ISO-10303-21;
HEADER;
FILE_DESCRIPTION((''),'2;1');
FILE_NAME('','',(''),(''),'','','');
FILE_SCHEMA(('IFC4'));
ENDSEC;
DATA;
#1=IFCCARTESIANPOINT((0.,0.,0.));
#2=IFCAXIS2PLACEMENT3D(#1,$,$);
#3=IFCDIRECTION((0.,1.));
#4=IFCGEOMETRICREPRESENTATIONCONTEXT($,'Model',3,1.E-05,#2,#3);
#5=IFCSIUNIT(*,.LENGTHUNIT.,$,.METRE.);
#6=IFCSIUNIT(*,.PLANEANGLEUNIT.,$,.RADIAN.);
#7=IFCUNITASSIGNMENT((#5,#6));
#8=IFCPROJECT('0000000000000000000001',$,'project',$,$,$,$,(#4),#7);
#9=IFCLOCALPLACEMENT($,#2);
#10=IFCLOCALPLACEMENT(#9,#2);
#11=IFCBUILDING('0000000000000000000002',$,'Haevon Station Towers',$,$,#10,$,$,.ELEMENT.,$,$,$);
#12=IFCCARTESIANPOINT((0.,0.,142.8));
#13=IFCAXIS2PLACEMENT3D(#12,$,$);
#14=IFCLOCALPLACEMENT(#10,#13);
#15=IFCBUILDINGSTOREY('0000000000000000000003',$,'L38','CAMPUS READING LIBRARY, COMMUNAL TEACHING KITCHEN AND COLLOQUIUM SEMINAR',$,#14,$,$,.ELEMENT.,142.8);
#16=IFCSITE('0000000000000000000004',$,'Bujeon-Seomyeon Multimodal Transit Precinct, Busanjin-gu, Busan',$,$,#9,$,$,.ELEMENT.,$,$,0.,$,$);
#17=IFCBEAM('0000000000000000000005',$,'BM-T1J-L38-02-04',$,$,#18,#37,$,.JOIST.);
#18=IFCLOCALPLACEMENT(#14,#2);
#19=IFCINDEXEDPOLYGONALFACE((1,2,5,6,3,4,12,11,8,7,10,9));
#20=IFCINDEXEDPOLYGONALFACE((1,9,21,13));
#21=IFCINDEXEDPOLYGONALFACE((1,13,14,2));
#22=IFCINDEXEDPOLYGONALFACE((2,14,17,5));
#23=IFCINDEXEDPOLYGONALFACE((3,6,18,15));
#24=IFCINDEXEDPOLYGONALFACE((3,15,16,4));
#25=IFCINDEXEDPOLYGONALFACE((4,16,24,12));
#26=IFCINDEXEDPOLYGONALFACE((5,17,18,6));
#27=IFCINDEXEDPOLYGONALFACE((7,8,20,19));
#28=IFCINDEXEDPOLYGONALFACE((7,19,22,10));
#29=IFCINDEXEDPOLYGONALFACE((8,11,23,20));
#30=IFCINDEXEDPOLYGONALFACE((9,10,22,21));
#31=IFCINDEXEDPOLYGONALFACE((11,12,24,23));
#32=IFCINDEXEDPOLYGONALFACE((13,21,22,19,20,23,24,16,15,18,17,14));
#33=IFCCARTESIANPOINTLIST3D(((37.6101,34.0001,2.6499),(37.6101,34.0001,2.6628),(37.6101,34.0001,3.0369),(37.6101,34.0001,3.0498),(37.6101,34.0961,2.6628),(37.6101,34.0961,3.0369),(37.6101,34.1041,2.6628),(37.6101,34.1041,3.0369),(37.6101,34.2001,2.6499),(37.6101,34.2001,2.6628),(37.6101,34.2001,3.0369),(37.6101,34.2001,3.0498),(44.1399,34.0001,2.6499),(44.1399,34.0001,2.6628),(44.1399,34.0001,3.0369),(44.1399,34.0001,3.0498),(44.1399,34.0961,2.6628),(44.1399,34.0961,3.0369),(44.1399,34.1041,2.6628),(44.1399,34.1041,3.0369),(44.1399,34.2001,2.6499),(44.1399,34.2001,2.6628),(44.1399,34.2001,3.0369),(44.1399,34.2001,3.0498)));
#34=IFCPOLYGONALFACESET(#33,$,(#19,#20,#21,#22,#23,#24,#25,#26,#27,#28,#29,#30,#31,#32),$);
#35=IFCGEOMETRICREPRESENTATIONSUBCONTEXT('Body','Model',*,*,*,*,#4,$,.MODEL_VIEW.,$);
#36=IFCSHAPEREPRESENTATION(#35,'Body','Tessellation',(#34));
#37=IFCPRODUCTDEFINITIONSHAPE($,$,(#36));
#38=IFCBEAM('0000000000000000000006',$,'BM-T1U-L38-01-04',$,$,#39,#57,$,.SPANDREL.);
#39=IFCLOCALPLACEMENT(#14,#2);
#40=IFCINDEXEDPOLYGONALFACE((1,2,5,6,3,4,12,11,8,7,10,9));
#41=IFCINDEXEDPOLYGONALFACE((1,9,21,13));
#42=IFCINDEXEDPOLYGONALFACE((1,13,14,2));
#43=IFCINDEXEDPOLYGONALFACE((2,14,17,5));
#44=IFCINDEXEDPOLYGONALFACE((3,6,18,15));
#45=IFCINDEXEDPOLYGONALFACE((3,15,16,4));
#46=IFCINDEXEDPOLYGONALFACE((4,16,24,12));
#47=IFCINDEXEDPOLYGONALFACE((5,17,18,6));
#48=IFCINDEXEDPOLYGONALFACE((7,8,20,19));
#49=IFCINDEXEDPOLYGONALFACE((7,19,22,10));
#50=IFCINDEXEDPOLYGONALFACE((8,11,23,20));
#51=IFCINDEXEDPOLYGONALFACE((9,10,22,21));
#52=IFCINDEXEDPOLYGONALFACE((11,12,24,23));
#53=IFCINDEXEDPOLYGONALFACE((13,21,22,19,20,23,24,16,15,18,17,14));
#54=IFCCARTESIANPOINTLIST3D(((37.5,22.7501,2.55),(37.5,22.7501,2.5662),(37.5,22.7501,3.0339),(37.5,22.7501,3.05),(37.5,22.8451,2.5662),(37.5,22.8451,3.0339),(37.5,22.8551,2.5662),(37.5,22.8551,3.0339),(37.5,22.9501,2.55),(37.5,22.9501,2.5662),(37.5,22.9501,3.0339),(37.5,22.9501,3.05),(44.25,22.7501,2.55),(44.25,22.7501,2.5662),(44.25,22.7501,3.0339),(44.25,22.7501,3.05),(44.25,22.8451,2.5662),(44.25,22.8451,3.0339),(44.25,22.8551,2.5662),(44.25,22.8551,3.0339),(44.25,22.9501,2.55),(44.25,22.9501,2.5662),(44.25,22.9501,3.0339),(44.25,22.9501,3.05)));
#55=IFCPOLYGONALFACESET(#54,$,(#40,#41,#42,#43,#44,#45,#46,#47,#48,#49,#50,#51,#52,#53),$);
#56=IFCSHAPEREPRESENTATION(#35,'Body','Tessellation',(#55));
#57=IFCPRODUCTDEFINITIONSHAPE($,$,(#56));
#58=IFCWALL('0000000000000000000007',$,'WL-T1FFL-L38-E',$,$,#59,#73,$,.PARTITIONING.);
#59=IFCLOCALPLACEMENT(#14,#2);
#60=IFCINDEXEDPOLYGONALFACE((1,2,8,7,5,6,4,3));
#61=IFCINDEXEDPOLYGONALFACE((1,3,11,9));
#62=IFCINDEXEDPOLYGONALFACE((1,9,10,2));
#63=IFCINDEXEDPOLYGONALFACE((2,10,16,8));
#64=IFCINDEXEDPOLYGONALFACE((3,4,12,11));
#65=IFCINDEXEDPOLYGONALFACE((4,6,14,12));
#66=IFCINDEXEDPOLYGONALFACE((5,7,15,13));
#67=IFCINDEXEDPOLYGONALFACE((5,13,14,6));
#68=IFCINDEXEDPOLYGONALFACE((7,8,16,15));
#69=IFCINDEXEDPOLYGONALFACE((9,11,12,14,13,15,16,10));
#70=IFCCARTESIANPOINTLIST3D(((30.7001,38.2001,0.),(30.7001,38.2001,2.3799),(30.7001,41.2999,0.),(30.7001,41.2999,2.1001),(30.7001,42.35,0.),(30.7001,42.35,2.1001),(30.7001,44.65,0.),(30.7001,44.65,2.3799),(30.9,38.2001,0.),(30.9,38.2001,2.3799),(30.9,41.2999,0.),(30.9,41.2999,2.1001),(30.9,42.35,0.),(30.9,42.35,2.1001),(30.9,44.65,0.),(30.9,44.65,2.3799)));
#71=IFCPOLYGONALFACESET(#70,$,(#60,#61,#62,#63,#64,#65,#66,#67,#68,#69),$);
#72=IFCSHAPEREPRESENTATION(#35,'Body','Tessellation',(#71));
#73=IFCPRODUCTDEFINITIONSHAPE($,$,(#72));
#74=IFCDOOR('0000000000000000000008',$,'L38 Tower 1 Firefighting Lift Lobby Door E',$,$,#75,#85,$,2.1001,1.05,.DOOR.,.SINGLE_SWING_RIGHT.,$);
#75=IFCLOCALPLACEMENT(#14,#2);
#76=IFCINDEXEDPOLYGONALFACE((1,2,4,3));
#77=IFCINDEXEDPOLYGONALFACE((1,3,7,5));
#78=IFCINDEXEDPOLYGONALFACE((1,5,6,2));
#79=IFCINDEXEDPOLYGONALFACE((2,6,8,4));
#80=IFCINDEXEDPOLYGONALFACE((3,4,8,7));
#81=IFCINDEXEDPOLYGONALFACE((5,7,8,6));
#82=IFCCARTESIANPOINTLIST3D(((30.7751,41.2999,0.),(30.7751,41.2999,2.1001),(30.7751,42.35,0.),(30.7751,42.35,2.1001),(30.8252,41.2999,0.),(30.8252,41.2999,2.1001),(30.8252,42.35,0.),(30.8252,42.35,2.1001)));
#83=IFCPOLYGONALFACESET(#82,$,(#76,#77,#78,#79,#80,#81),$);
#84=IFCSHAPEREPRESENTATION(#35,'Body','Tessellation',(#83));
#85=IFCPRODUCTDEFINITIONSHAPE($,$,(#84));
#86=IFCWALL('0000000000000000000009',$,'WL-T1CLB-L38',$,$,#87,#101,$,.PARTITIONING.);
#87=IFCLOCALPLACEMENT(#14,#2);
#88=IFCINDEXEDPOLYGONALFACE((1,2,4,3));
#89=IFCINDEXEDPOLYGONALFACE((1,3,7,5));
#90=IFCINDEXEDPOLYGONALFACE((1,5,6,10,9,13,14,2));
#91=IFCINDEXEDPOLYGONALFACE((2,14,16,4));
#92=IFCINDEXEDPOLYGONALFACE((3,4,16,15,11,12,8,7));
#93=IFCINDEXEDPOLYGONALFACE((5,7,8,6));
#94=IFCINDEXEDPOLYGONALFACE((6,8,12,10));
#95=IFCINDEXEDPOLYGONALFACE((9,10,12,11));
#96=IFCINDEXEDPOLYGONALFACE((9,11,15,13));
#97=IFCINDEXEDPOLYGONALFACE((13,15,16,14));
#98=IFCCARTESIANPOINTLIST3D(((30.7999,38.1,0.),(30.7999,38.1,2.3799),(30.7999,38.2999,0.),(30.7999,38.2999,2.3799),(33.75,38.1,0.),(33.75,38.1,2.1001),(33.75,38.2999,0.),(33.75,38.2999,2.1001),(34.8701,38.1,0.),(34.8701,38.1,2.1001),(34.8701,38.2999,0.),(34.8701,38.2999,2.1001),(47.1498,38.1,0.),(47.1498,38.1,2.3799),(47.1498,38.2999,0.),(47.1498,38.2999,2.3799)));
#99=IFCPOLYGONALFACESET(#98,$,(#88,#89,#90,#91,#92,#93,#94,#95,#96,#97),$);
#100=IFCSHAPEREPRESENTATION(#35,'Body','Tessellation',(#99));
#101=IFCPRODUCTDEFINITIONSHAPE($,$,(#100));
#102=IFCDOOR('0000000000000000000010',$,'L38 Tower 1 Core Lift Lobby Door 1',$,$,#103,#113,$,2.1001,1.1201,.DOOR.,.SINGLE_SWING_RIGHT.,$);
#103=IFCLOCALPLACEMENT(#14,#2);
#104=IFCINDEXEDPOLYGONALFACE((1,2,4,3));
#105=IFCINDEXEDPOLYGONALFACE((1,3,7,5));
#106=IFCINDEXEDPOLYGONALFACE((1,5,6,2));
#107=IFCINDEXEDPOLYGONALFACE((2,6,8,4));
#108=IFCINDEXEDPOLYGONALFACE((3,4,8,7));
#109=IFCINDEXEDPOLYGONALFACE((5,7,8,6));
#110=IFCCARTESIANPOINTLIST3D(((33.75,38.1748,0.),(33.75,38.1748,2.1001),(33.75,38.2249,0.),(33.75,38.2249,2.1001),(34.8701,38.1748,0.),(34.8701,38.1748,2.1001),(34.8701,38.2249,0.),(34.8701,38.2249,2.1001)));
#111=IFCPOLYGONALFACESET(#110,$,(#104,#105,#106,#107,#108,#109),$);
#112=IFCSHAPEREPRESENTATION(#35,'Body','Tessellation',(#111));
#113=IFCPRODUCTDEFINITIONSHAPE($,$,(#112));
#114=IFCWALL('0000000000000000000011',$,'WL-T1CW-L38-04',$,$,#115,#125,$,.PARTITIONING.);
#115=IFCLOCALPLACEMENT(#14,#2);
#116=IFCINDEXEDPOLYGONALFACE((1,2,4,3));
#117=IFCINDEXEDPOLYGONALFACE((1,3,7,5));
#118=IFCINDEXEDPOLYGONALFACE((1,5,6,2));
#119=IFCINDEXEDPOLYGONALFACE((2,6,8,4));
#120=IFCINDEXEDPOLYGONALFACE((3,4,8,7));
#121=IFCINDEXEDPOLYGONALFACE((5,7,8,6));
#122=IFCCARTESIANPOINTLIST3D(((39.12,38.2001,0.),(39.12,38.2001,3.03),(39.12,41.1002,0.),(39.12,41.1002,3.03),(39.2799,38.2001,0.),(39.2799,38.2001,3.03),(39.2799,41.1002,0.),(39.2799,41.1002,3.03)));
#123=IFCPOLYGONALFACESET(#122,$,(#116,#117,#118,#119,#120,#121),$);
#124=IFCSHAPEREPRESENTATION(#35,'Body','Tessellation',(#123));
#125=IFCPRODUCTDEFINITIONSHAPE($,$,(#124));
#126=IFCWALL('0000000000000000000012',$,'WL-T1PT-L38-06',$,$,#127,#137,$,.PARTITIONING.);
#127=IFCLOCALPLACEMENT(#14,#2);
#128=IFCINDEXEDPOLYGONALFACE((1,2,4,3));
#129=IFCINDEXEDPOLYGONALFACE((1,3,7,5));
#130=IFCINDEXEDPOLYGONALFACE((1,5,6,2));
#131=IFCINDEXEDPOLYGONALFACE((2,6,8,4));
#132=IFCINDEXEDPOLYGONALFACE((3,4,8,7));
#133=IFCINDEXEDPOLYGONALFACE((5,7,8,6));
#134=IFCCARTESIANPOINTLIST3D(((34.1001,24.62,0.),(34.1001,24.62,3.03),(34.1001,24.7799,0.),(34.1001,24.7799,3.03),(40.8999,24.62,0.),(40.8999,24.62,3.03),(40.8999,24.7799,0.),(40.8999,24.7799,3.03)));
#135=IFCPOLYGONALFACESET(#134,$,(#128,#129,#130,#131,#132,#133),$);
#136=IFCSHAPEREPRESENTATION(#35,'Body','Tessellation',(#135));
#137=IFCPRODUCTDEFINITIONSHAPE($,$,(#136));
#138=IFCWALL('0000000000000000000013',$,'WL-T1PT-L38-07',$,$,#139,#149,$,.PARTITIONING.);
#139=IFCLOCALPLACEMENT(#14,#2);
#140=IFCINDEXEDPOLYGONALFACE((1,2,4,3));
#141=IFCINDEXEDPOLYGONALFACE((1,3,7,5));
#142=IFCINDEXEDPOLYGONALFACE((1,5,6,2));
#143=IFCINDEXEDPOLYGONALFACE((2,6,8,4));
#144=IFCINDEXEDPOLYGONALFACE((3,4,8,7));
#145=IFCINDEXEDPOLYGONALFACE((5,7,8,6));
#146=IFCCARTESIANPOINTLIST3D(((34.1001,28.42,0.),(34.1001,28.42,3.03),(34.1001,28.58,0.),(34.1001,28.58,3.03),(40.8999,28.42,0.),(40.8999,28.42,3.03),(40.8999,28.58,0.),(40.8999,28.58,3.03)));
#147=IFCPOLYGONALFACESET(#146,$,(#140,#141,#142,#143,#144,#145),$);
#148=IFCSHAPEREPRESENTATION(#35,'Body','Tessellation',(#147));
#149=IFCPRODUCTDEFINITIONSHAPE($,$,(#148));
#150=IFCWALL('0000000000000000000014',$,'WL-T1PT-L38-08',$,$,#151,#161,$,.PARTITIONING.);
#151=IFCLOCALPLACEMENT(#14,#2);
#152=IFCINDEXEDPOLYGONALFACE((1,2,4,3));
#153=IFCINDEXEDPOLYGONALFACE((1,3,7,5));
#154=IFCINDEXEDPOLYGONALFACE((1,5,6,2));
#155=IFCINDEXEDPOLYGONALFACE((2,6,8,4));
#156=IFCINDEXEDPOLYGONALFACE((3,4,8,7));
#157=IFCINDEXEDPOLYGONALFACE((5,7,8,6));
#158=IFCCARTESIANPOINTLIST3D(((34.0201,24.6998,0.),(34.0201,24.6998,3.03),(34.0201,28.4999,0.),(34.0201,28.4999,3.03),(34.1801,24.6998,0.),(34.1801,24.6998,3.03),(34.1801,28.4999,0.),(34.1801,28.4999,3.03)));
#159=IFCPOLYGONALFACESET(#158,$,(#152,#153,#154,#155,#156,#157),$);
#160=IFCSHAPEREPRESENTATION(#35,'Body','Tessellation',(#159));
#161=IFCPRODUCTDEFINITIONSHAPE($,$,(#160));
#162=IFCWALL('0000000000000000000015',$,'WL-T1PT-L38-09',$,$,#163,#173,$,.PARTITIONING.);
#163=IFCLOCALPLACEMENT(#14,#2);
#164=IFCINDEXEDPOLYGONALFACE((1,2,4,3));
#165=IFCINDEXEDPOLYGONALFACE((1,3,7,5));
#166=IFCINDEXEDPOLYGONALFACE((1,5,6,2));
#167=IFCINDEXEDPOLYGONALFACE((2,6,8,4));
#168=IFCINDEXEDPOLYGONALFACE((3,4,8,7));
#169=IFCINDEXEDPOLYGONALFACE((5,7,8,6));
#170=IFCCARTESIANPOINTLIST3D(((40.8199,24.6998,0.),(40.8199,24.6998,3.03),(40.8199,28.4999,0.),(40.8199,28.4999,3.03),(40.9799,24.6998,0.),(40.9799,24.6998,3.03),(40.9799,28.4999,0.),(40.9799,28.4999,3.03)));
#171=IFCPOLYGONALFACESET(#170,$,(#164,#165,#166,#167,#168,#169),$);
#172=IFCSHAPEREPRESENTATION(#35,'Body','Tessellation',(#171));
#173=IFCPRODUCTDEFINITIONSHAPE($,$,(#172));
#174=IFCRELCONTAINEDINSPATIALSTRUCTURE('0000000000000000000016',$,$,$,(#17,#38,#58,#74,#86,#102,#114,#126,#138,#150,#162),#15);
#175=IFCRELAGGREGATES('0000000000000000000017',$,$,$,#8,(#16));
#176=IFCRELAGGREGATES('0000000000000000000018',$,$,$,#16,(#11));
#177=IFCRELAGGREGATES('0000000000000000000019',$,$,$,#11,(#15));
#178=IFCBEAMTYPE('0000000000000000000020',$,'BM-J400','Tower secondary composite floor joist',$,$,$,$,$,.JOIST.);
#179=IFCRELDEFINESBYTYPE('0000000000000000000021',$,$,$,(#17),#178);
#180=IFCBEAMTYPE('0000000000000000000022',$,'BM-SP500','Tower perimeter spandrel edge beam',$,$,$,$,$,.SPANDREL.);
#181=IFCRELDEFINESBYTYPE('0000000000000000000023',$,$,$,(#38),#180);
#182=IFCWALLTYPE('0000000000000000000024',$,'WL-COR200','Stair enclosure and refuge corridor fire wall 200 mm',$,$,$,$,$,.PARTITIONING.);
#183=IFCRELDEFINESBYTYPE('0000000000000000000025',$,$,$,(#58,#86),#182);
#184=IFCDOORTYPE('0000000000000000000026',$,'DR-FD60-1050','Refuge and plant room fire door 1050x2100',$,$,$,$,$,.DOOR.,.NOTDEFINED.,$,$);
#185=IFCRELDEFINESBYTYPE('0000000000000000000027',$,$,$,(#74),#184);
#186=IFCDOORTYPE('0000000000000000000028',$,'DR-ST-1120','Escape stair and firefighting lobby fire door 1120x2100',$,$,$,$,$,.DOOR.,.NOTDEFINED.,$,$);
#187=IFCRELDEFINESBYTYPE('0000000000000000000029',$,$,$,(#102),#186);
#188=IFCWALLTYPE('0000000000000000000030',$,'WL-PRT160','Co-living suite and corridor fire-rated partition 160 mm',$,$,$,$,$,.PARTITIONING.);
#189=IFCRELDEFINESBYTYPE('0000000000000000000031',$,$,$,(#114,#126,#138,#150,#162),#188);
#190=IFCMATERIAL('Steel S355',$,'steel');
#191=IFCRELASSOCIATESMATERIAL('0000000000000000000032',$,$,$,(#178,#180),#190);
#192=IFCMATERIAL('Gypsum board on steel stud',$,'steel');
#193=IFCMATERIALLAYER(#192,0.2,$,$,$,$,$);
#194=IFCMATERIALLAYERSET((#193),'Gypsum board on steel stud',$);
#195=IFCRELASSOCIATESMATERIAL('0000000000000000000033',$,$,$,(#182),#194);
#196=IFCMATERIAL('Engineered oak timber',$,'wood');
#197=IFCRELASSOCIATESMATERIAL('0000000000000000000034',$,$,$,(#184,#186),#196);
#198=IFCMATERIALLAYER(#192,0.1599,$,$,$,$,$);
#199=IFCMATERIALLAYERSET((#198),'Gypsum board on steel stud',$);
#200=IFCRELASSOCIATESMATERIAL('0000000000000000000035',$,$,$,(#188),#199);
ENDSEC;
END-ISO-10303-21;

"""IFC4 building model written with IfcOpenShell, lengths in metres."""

from ifc_helpers import new_model, si_unit, direction, frame, frame_2d, origin, origin_2d, place, context, subcontext, project, spatial, rectangle, i_section, extrude, material, layer, layer_set, material_profile, profile_set, type_object, element, fill, save


model = new_model("IFC4")

# Units and contexts
model_context = context("Model", 3, precision=1e-05, world=origin(), true_north=direction((0.0, 1.0)))
body_context = subcontext(model_context, "Body", "Model", "MODEL_VIEW")
ifc_project = project(units=[si_unit("LENGTHUNIT", "METRE"), si_unit("PLANEANGLEUNIT", "RADIAN")], contexts=[model_context])

# Site, building, storey
site_placement = place(None, origin())
site = spatial("IfcSite", under=ifc_project, at=site_placement, Name="Bujeon-Seomyeon Multimodal Transit Precinct, Busanjin-gu, Busan", CompositionType="ELEMENT", RefElevation=0.0)
building_placement = place(site_placement, origin())
building = spatial("IfcBuilding", under=site, at=building_placement, Name="Haevon Station Towers", CompositionType="ELEMENT")
storey_placement = place(building_placement, frame((0.0, 0.0, 142.8)))
storey = spatial("IfcBuildingStorey", under=building, at=storey_placement, Name="L38", Description="CAMPUS READING LIBRARY, COMMUNAL TEACHING KITCHEN AND COLLOQUIUM SEMINAR", CompositionType="ELEMENT", Elevation=142.8)

# Shared definitions
ifc_material_1 = material(Name="Steel S355", Category="steel")

# Beams
ifc_material_profile_1 = material_profile(ifc_material_1, i_section(OverallWidth=0.2, OverallDepth=0.3999, WebThickness=0.0081, FlangeThickness=0.0129, at=origin_2d()), Name="H-400x200x8x13")
ifc_profile_set_1 = profile_set([ifc_material_profile_1], Name="Steel S355")
beam_type_1 = type_object("IfcBeamType", Name="BM-J400", Description="Tower secondary composite floor joist", PredefinedType="JOIST", material=ifc_profile_set_1)
for number, where, z_axis, x_axis, name in (
    (1, (37.6101, 34.1001, 2.8499), (1.0, 0.0, 0.0), (0.0, 1.0, 0.0), "BM-T1J-L38-02-04"),
):
    element("IfcBeam", number, at=place(storey_placement, frame(where, z_axis=z_axis, x_axis=x_axis)), inside=storey, type_object=beam_type_1, Name=name, PredefinedType="JOIST", context=body_context, shape_type="SweptSolid", body=[
        extrude(i_section(OverallWidth=0.2, OverallDepth=0.3999, WebThickness=0.0081, FlangeThickness=0.0129, at=origin_2d()), origin(), (0.0, 0.0, 1.0), 6.5298),
    ])
ifc_material_profile_2 = material_profile(ifc_material_1, i_section(OverallWidth=0.2, OverallDepth=0.5, WebThickness=0.01, FlangeThickness=0.0161, at=origin_2d()), Name="H-500x200x10x16")
ifc_profile_set_2 = profile_set([ifc_material_profile_2], Name="Steel S355")
beam_type_2 = type_object("IfcBeamType", Name="BM-SP500", Description="Tower perimeter spandrel edge beam", PredefinedType="SPANDREL", material=ifc_profile_set_2)
beam_1_placement = place(storey_placement, frame((37.5, 22.8501, 2.8), z_axis=(1.0, 0.0, 0.0), x_axis=(0.0, 1.0, 0.0)))
element("IfcBeam", 2, at=beam_1_placement, inside=storey, type_object=beam_type_2, Name="BM-T1U-L38-01-04", PredefinedType="SPANDREL", context=body_context, shape_type="SweptSolid", body=[
    extrude(i_section(OverallWidth=0.2, OverallDepth=0.5, WebThickness=0.01, FlangeThickness=0.0161, at=origin_2d()), origin(), (0.0, 0.0, 1.0), 6.75),
])

# Walls, openings, doors
ifc_material_2 = material(Name="Gypsum board on steel stud", Category="steel")
ifc_layer_1 = layer(ifc_material_2, 0.2)
ifc_layer_set_1 = layer_set([ifc_layer_1], Name="Gypsum board on steel stud")
wall_type_1 = type_object("IfcWallType", Name="WL-COR200", Description="Stair enclosure and refuge corridor fire wall 200 mm", PredefinedType="PARTITIONING", material=ifc_layer_set_1)
wall_1_placement = place(storey_placement, frame((30.8, 38.2, 0.0), z_axis=(0.0, 0.0, 1.0), x_axis=(0.0, 1.0, 0.0)))
wall_1 = element("IfcWall", 3, at=wall_1_placement, inside=storey, type_object=wall_type_1, Name="WL-T1FFL-L38-E", PredefinedType="PARTITIONING", context=body_context, shape_type="SweptSolid", body=[
    extrude(rectangle(XDim=6.45, YDim=0.2, at=frame_2d((3.2251, 0.0))), origin(), (0.0, 0.0, 1.0), 2.3799),
])
opening_1_placement = place(wall_1_placement, frame((3.1001, 0.0, 0.0)))
opening_1 = element("IfcOpeningElement", 4, at=opening_1_placement, cuts=wall_1, PredefinedType="OPENING", context=body_context, shape_type="SweptSolid", body=[
    extrude(rectangle(XDim=1.05, YDim=2.1001, at=frame_2d((0.5249, 1.05))), frame((0.0, 0.1099, 0.0), z_axis=(0.0, -1.0, 0.0), x_axis=(1.0, 0.0, 0.0)), (0.0, 0.0, 1.0), 0.22),
])
ifc_material_3 = material(Name="Engineered oak timber", Category="wood")
door_type_1 = type_object("IfcDoorType", Name="DR-FD60-1050", Description="Refuge and plant room fire door 1050x2100", OperationType="NOTDEFINED", PredefinedType="DOOR", material=ifc_material_3)
door_1_placement = place(opening_1_placement, origin())
door_1 = element("IfcDoor", 5, at=door_1_placement, inside=storey, type_object=door_type_1, Name="L38 Tower 1 Firefighting Lift Lobby Door E", OperationType="SINGLE_SWING_RIGHT", OverallHeight=2.1001, OverallWidth=1.05, PredefinedType="DOOR", context=body_context, shape_type="SweptSolid", body=[
    extrude(rectangle(XDim=1.05, YDim=2.1001, at=frame_2d((0.5249, 1.05))), frame((0.0, 0.0249, 0.0), z_axis=(0.0, -1.0, 0.0), x_axis=(1.0, 0.0, 0.0)), (0.0, 0.0, 1.0), 0.05),
])
fill(opening_1, door_1)
wall_2_placement = place(storey_placement, frame((30.8, 38.2, 0.0), z_axis=(0.0, 0.0, 1.0), x_axis=(1.0, 0.0, 0.0)))
wall_2 = element("IfcWall", 6, at=wall_2_placement, inside=storey, type_object=wall_type_1, Name="WL-T1CLB-L38", PredefinedType="PARTITIONING", context=body_context, shape_type="SweptSolid", body=[
    extrude(rectangle(XDim=16.3499, YDim=0.2, at=frame_2d((8.1748, 0.0))), origin(), (0.0, 0.0, 1.0), 2.3799),
])
opening_2_placement = place(wall_2_placement, frame((2.95, 0.0, 0.0)))
opening_2 = element("IfcOpeningElement", 7, at=opening_2_placement, cuts=wall_2, PredefinedType="OPENING", context=body_context, shape_type="SweptSolid", body=[
    extrude(rectangle(XDim=1.1201, YDim=2.1001, at=frame_2d((0.5601, 1.05))), frame((0.0, 0.1099, 0.0), z_axis=(0.0, -1.0, 0.0), x_axis=(1.0, 0.0, 0.0)), (0.0, 0.0, 1.0), 0.22),
])
door_type_2 = type_object("IfcDoorType", Name="DR-ST-1120", Description="Escape stair and firefighting lobby fire door 1120x2100", OperationType="NOTDEFINED", PredefinedType="DOOR", material=ifc_material_3)
door_2_placement = place(opening_2_placement, origin())
door_2 = element("IfcDoor", 8, at=door_2_placement, inside=storey, type_object=door_type_2, Name="L38 Tower 1 Core Lift Lobby Door 1", OperationType="SINGLE_SWING_RIGHT", OverallHeight=2.1001, OverallWidth=1.1201, PredefinedType="DOOR", context=body_context, shape_type="SweptSolid", body=[
    extrude(rectangle(XDim=1.1201, YDim=2.1001, at=frame_2d((0.5601, 1.05))), frame((0.0, 0.0249, 0.0), z_axis=(0.0, -1.0, 0.0), x_axis=(1.0, 0.0, 0.0)), (0.0, 0.0, 1.0), 0.05),
])
fill(opening_2, door_2)

# Walls
ifc_layer_2 = layer(ifc_material_2, 0.1599)
ifc_layer_set_2 = layer_set([ifc_layer_2], Name="Gypsum board on steel stud")
wall_type_2 = type_object("IfcWallType", Name="WL-PRT160", Description="Co-living suite and corridor fire-rated partition 160 mm", PredefinedType="PARTITIONING", material=ifc_layer_set_2)
wall_3_placement = place(storey_placement, frame((39.2, 38.2, 0.0), z_axis=(0.0, 0.0, 1.0), x_axis=(0.0, 1.0, 0.0)))
element("IfcWall", 9, at=wall_3_placement, inside=storey, type_object=wall_type_2, Name="WL-T1CW-L38-04", PredefinedType="PARTITIONING", context=body_context, shape_type="SweptSolid", body=[
    extrude(rectangle(XDim=2.9001, YDim=0.1599, at=frame_2d((1.4502, 0.0))), origin(), (0.0, 0.0, 1.0), 3.03),
])
for number, where, z_axis, x_axis, name in (
    (10, (34.1001, 24.7, 0.0), (0.0, 0.0, 1.0), (1.0, 0.0, 0.0), "WL-T1PT-L38-06"),
    (11, (34.1001, 28.5, 0.0), (0.0, 0.0, 1.0), (1.0, 0.0, 0.0), "WL-T1PT-L38-07"),
):
    element("IfcWall", number, at=place(storey_placement, frame(where, z_axis=z_axis, x_axis=x_axis)), inside=storey, type_object=wall_type_2, Name=name, PredefinedType="PARTITIONING", context=body_context, shape_type="SweptSolid", body=[
        extrude(rectangle(XDim=6.7998, YDim=0.1599, at=frame_2d((3.3999, 0.0))), origin(), (0.0, 0.0, 1.0), 3.03),
    ])
for number, where, z_axis, x_axis, name in (
    (12, (34.1001, 24.7, 0.0), (0.0, 0.0, 1.0), (0.0, 1.0, 0.0), "WL-T1PT-L38-08"),
    (13, (40.8999, 24.7, 0.0), (0.0, 0.0, 1.0), (0.0, 1.0, 0.0), "WL-T1PT-L38-09"),
):
    element("IfcWall", number, at=place(storey_placement, frame(where, z_axis=z_axis, x_axis=x_axis)), inside=storey, type_object=wall_type_2, Name=name, PredefinedType="PARTITIONING", context=body_context, shape_type="SweptSolid", body=[
        extrude(rectangle(XDim=3.8, YDim=0.1599, at=frame_2d((1.8999, 0.0))), origin(), (0.0, 0.0, 1.0), 3.03),
    ])

save(model, "model.ifc")
